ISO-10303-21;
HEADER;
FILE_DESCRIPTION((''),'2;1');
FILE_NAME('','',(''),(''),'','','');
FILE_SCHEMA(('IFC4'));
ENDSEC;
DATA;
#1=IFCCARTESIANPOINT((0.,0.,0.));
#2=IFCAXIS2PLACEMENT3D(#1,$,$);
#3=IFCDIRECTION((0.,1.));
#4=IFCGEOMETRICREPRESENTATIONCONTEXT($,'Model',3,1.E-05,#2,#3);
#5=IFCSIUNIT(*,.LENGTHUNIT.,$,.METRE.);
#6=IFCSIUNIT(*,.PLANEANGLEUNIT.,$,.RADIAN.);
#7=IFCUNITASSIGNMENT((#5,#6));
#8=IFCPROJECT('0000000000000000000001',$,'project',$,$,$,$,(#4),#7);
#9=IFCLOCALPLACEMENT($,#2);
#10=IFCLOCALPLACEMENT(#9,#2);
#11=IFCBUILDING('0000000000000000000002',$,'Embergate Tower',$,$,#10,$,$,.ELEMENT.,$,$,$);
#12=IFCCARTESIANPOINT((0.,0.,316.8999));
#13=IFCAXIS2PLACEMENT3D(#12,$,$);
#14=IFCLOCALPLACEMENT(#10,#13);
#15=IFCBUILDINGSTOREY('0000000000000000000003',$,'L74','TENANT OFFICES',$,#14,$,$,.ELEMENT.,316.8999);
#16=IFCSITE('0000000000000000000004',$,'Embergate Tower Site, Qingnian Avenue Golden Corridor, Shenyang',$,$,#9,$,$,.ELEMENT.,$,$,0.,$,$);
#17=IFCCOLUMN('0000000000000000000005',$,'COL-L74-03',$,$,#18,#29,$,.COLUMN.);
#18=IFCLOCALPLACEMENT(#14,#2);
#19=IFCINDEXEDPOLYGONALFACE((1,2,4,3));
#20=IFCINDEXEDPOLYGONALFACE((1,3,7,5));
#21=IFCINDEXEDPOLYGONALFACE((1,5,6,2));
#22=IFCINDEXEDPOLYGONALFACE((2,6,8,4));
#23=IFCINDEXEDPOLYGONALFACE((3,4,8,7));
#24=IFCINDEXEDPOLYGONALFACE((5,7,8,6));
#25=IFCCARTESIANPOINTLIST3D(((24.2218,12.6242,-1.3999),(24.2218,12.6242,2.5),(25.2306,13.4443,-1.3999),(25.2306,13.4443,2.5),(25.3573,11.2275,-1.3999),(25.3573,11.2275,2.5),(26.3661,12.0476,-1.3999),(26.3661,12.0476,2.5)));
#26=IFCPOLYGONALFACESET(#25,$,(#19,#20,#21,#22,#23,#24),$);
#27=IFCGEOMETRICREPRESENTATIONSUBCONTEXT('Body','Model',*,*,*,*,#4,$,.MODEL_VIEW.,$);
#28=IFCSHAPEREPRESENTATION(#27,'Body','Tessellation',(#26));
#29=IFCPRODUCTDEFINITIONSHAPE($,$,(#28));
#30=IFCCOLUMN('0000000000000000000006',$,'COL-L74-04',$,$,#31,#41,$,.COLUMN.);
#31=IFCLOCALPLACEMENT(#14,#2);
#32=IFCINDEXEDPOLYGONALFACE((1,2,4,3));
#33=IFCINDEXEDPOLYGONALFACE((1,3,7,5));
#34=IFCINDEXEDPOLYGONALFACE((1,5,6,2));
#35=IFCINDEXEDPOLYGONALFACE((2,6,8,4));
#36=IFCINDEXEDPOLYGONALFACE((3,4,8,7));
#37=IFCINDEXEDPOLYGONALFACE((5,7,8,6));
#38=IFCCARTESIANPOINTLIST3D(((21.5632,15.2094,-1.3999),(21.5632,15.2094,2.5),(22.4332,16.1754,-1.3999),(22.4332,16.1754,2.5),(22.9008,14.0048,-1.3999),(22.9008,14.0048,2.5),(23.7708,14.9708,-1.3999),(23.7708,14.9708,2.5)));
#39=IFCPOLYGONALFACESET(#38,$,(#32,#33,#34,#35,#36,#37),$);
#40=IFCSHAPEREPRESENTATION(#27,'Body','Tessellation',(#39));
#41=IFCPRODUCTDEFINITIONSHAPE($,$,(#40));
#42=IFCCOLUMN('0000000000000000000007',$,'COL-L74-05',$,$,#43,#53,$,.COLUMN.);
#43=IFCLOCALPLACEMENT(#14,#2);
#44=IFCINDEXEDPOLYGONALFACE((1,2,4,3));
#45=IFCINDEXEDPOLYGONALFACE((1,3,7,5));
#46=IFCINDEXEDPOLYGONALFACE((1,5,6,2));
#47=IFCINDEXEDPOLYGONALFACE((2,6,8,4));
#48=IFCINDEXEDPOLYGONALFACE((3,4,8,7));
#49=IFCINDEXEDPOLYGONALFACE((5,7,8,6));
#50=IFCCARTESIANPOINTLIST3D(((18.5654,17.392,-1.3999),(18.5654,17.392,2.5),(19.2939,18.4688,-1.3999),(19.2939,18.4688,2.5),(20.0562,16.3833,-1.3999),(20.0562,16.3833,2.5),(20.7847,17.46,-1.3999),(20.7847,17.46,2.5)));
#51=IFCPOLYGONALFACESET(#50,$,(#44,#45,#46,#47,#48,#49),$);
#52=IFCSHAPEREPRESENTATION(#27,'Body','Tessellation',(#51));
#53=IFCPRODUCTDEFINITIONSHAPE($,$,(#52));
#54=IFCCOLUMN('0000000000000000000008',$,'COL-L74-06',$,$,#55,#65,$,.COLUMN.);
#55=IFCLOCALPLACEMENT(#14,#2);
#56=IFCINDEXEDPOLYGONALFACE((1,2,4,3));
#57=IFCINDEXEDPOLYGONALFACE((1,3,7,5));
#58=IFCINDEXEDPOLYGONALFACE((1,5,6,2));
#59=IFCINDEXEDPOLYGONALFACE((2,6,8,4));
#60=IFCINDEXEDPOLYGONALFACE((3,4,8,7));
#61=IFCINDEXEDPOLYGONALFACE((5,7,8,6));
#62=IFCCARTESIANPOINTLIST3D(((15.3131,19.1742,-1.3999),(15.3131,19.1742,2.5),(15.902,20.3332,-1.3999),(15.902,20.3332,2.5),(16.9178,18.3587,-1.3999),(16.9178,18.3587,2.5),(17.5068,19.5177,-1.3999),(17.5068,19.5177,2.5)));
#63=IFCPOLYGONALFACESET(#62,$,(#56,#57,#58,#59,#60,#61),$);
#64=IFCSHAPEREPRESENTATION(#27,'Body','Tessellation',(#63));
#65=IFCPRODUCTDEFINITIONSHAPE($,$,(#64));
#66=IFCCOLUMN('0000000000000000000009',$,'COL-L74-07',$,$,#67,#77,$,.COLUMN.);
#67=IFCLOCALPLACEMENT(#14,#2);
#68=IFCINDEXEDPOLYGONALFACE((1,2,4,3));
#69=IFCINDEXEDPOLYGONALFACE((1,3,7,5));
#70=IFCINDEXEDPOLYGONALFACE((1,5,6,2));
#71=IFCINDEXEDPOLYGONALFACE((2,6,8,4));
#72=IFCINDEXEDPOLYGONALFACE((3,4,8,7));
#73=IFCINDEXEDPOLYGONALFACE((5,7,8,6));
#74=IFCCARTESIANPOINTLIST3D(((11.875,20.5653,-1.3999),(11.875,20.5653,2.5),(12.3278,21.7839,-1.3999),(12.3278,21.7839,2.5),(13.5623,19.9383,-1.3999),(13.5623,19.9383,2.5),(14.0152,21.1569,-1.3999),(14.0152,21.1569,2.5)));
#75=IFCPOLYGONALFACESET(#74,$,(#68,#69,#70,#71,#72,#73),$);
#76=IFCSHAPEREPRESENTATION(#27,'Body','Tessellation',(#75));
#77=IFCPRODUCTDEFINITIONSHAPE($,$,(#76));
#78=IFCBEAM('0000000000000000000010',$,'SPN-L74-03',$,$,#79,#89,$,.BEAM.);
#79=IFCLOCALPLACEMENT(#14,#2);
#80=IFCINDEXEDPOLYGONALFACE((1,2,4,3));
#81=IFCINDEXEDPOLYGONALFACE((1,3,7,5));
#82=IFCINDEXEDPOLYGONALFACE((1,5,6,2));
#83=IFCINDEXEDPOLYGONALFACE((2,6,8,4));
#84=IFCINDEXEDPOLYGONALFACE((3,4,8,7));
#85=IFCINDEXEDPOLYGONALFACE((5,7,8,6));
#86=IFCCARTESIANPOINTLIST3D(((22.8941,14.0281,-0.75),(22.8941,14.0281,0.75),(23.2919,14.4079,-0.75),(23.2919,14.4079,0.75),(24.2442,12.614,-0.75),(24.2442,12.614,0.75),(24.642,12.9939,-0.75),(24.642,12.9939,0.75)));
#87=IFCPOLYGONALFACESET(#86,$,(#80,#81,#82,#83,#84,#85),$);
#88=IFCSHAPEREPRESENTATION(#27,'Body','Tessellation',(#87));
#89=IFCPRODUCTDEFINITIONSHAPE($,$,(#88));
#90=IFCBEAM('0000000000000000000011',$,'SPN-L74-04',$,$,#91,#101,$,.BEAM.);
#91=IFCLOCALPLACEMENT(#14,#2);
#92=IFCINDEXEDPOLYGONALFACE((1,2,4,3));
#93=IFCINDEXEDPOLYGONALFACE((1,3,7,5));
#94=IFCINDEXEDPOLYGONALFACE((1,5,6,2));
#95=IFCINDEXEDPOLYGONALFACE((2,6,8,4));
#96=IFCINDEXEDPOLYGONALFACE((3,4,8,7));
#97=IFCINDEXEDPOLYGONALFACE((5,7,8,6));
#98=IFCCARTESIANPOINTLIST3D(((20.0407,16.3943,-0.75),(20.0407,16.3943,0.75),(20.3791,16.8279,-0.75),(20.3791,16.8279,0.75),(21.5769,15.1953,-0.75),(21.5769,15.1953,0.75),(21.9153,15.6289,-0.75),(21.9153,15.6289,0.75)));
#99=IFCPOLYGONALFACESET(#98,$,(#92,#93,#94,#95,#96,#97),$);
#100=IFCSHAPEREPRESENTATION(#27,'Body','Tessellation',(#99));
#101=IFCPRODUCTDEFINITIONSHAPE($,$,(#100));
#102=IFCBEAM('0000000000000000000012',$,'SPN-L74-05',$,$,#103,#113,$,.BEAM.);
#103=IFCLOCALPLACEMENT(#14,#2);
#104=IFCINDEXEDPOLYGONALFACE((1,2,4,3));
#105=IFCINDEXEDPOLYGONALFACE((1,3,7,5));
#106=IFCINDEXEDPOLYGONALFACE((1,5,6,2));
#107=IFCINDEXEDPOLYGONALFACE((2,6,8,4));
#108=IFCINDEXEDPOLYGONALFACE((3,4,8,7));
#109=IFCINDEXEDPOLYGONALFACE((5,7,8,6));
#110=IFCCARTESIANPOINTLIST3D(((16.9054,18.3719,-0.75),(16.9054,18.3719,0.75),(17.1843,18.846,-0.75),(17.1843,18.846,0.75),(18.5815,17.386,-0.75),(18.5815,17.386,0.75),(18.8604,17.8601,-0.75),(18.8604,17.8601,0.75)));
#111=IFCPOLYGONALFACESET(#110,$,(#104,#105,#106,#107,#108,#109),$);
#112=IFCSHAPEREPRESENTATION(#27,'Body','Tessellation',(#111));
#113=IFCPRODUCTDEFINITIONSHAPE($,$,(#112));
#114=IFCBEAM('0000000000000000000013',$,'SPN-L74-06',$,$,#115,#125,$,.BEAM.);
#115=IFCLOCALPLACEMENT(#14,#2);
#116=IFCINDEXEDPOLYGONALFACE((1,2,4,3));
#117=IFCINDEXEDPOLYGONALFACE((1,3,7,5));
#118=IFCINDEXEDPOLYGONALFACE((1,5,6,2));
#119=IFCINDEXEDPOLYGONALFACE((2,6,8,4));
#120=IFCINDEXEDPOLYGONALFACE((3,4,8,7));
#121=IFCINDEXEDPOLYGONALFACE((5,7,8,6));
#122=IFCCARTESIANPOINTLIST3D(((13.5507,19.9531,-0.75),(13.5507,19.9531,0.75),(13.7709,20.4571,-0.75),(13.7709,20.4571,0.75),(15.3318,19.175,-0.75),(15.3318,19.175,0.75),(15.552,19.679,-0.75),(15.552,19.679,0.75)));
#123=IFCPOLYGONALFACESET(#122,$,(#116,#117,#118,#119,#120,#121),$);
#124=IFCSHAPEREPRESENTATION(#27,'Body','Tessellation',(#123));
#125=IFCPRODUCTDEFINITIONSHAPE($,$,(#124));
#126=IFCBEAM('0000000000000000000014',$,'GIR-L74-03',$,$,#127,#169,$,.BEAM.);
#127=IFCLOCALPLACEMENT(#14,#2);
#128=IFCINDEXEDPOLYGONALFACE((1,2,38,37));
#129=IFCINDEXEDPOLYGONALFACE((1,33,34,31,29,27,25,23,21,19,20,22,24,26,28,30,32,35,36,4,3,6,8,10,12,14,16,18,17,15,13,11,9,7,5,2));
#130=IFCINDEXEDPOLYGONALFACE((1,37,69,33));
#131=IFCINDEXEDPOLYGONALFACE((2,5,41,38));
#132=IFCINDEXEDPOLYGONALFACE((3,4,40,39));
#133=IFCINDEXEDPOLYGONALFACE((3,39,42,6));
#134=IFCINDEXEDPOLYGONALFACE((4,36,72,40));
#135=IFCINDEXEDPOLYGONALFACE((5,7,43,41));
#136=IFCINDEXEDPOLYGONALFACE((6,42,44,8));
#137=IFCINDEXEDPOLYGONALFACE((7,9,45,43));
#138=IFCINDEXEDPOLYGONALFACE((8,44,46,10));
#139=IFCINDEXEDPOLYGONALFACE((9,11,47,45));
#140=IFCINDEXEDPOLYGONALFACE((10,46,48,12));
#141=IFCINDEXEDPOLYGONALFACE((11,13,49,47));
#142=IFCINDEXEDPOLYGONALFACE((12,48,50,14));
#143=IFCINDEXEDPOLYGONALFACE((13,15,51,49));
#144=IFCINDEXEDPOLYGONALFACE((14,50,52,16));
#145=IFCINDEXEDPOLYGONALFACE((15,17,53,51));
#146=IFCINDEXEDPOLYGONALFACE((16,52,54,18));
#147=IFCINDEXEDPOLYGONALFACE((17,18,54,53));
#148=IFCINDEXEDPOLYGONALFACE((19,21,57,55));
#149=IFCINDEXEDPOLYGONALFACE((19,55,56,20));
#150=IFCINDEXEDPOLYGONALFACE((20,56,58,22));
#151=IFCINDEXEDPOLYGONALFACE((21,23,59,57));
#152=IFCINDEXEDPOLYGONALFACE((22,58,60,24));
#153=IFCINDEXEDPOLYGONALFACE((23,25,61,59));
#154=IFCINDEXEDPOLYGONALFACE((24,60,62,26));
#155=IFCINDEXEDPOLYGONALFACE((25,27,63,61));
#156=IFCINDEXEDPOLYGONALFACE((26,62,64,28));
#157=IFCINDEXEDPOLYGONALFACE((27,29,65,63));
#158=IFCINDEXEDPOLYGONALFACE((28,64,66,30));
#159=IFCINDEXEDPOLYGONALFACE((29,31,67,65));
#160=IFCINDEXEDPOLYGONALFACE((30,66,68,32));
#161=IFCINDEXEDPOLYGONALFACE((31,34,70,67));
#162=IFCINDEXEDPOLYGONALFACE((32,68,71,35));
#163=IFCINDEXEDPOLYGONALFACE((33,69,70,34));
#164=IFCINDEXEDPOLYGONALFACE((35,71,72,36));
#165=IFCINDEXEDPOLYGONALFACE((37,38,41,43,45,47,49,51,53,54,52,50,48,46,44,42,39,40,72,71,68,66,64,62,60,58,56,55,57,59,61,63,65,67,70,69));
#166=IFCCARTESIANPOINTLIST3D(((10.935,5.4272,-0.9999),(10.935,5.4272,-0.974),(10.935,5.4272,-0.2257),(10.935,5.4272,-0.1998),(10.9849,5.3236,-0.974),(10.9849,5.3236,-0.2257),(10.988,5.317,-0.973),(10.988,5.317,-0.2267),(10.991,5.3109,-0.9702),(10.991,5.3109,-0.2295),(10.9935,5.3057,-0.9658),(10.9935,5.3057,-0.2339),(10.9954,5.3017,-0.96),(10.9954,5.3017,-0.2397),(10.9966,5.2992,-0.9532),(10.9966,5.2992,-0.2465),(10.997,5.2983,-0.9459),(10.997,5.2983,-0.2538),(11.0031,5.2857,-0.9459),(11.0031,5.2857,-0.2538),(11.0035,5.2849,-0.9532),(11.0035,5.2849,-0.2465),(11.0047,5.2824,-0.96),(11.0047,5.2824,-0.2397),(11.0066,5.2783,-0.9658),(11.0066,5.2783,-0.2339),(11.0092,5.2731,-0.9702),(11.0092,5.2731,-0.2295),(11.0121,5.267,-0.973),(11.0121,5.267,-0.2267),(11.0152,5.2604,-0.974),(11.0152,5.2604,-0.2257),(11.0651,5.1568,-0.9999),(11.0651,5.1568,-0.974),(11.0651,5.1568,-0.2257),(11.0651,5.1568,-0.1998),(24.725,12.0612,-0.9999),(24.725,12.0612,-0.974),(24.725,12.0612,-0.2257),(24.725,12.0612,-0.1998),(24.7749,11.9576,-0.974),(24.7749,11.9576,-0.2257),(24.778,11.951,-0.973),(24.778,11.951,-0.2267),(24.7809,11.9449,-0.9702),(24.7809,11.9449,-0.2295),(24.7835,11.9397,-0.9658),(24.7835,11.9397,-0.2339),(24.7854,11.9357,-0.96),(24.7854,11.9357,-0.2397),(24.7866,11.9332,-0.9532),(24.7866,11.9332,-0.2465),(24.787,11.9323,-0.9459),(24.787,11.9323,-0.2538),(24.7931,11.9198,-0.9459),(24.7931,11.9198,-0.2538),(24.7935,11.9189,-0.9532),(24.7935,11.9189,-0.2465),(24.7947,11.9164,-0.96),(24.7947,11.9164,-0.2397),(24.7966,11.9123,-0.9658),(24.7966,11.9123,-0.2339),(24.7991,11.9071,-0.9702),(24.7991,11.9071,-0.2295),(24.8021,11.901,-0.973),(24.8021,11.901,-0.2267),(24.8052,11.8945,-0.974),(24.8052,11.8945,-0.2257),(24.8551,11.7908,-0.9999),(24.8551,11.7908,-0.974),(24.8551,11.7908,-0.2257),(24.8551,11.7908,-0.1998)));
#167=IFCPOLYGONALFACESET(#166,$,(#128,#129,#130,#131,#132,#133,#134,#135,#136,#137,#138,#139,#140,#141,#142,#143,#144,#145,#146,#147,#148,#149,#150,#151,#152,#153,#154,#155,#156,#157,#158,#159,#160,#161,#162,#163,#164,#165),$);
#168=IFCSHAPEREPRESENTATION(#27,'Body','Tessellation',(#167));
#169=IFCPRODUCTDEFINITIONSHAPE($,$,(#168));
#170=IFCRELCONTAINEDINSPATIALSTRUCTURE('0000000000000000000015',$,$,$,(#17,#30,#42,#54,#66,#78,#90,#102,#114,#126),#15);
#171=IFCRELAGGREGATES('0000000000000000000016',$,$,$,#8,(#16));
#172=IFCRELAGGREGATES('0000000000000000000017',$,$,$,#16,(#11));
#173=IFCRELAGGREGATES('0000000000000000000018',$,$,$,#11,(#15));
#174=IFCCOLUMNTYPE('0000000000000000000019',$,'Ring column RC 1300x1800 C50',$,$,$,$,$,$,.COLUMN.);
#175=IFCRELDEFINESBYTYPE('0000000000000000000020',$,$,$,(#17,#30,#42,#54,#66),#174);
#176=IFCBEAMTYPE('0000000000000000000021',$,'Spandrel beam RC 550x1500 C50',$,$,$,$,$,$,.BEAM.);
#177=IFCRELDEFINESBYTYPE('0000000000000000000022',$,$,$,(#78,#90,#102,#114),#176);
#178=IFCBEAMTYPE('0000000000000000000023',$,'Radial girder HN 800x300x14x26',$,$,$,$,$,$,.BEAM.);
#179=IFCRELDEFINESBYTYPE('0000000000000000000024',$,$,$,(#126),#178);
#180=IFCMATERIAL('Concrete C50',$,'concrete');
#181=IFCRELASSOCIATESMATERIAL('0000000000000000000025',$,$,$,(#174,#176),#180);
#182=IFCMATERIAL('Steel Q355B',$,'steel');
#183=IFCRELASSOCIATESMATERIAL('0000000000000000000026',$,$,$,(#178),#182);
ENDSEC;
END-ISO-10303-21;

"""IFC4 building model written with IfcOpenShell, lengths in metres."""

from ifc_helpers import new_model, si_unit, direction, frame, origin, origin_2d, place, context, subcontext, project, spatial, rectangle, i_section, extrude, source, transform, mapped, material, material_profile, profile_set, type_object, element, save


model = new_model("IFC4")

# Units and contexts
model_context = context("Model", 3, precision=1e-05, world=origin(), true_north=direction((0.0, 1.0)))
body_context = subcontext(model_context, "Body", "Model", "MODEL_VIEW")
ifc_project = project(units=[si_unit("LENGTHUNIT", "METRE"), si_unit("PLANEANGLEUNIT", "RADIAN")], contexts=[model_context])

# Site, building, storey
site_placement = place(None, origin())
site = spatial("IfcSite", under=ifc_project, at=site_placement, Name="Embergate Tower Site, Qingnian Avenue Golden Corridor, Shenyang", CompositionType="ELEMENT", RefElevation=0.0)
building_placement = place(site_placement, origin())
building = spatial("IfcBuilding", under=site, at=building_placement, Name="Embergate Tower", CompositionType="ELEMENT")
storey_placement = place(building_placement, frame((0.0, 0.0, 316.8999)))
storey = spatial("IfcBuildingStorey", under=building, at=storey_placement, Name="L74", Description="TENANT OFFICES", CompositionType="ELEMENT", Elevation=316.8999)

# Columns
ifc_material_1 = material(Name="Concrete C50", Category="concrete")
ifc_material_profile_1 = material_profile(ifc_material_1, rectangle(XDim=1.3, YDim=1.8, at=origin_2d()), Name="RC 1300x1800")
ifc_profile_set_1 = profile_set([ifc_material_profile_1], Name="Concrete C50")
column_type = type_object("IfcColumnType", Name="Ring column RC 1300x1800 C50", PredefinedType="COLUMN", material=ifc_profile_set_1)
shared_shape_1 = source(origin(), body_context, "Body", "SweptSolid", [
    extrude(rectangle(XDim=1.3, YDim=1.8, at=origin_2d()), origin(), (0.0, 0.0, 1.0), 3.8999),
])
for number, where, z_axis, x_axis, name in (
    (1, (25.2939, 12.3359, -1.3999), (0.0, 0.0, 1.0), (0.775925, 0.630825, 0.0), "COL-L74-03"),
    (2, (22.667, 15.0901, -1.3999), (0.0, 0.0, 1.0), (0.669221, 0.743063, 0.0), "COL-L74-04"),
    (3, (19.675, 17.426, -1.3999), (0.0, 0.0, 1.0), (0.560393, 0.828227, 0.0), "COL-L74-05"),
    (4, (16.4099, 19.3459, -1.3999), (0.0, 0.0, 1.0), (0.453011, 0.891505, 0.0), "COL-L74-06"),
    (5, (12.9451, 20.8611, -1.3999), (0.0, 0.0, 1.0), (0.348343, 0.937367, 0.0), "COL-L74-07"),
):
    element("IfcColumn", number, at=place(storey_placement, frame(where, z_axis=z_axis, x_axis=x_axis)), inside=storey, type_object=column_type, Name=name, PredefinedType="COLUMN", context=body_context, shape_type="MappedRepresentation", body=[
        mapped(shared_shape_1, transform((0.0, 0.0, 0.0))),
    ])

# Beams
ifc_material_profile_2 = material_profile(ifc_material_1, rectangle(XDim=0.55, YDim=1.5, at=origin_2d()), Name="RC 550x1500")
ifc_profile_set_2 = profile_set([ifc_material_profile_2], Name="Concrete C50")
beam_type_1 = type_object("IfcBeamType", Name="Spandrel beam RC 550x1500 C50", PredefinedType="BEAM", material=ifc_profile_set_2)
shared_shape_2 = source(origin(), body_context, "Body", "SweptSolid", [
    extrude(rectangle(XDim=0.55, YDim=1.5, at=origin_2d()), origin(), (0.0, 0.0, 1.0), 1.9551),
])
beam_1_placement = place(storey_placement, frame((24.4431, 12.804, 0.0), z_axis=(-0.690559, 0.723276, 0.0), x_axis=(-0.723276, -0.690559, 0.0)))
element("IfcBeam", 6, at=beam_1_placement, inside=storey, type_object=beam_type_1, Name="SPN-L74-03", PredefinedType="BEAM", context=body_context, shape_type="MappedRepresentation", body=[
    mapped(shared_shape_2, transform((0.0, 0.0, 0.0))),
])
shared_shape_3 = source(origin(), body_context, "Body", "SweptSolid", [
    extrude(rectangle(XDim=0.55, YDim=1.5, at=origin_2d()), origin(), (0.0, 0.0, 1.0), 1.9487),
])
beam_2_placement = place(storey_placement, frame((21.7461, 15.4121, 0.0), z_axis=(-0.788305, 0.615284, 0.0), x_axis=(-0.615284, -0.788305, 0.0)))
element("IfcBeam", 7, at=beam_2_placement, inside=storey, type_object=beam_type_1, Name="SPN-L74-04", PredefinedType="BEAM", context=body_context, shape_type="MappedRepresentation", body=[
    mapped(shared_shape_3, transform((0.0, 0.0, 0.0))),
])
shared_shape_4 = source(origin(), body_context, "Body", "SweptSolid", [
    extrude(rectangle(XDim=0.55, YDim=1.5, at=origin_2d()), origin(), (0.0, 0.0, 1.0), 1.9446),
])
beam_3_placement = place(storey_placement, frame((18.7209, 17.623, 0.0), z_axis=(-0.861947, 0.506998, 0.0), x_axis=(-0.506998, -0.861947, 0.0)))
element("IfcBeam", 8, at=beam_3_placement, inside=storey, type_object=beam_type_1, Name="SPN-L74-05", PredefinedType="BEAM", context=body_context, shape_type="MappedRepresentation", body=[
    mapped(shared_shape_4, transform((0.0, 0.0, 0.0))),
])
shared_shape_5 = source(origin(), body_context, "Body", "SweptSolid", [
    extrude(rectangle(XDim=0.55, YDim=1.5, at=origin_2d()), origin(), (0.0, 0.0, 1.0), 1.9436),
])
beam_4_placement = place(storey_placement, frame((15.4419, 19.427, 0.0), z_axis=(-0.916368, 0.400338, 0.0), x_axis=(-0.400338, -0.916368, 0.0)))
element("IfcBeam", 9, at=beam_4_placement, inside=storey, type_object=beam_type_1, Name="SPN-L74-06", PredefinedType="BEAM", context=body_context, shape_type="MappedRepresentation", body=[
    mapped(shared_shape_5, transform((0.0, 0.0, 0.0))),
])
ifc_material_2 = material(Name="Steel Q355B", Category="steel")
ifc_material_profile_3 = material_profile(ifc_material_2, i_section(OverallWidth=0.3, OverallDepth=0.8, WebThickness=0.0139, FlangeThickness=0.0259, FilletRadius=0.0281, at=origin_2d()), Name="HN 800x300x14x26")
ifc_profile_set_3 = profile_set([ifc_material_profile_3], Name="Steel Q355 grade B")
beam_type_2 = type_object("IfcBeamType", Name="Radial girder HN 800x300x14x26", PredefinedType="BEAM", material=ifc_profile_set_3)
shared_shape_6 = source(origin(), body_context, "Body", "SweptSolid", [
    extrude(i_section(OverallWidth=0.3, OverallDepth=0.8, WebThickness=0.0139, FlangeThickness=0.0259, FilletRadius=0.0281, at=origin_2d()), origin(), (0.0, 0.0, 1.0), 15.3027),
])
beam_5_placement = place(storey_placement, frame((24.79, 11.926, -0.5999), z_axis=(-0.901145, -0.433518, 0.0), x_axis=(0.433518, -0.901145, 0.0)))
element("IfcBeam", 10, at=beam_5_placement, inside=storey, type_object=beam_type_2, Name="GIR-L74-03", PredefinedType="BEAM", context=body_context, shape_type="MappedRepresentation", body=[
    mapped(shared_shape_6, transform((0.0, 0.0, 0.0))),
])

save(model, "model.ifc")
